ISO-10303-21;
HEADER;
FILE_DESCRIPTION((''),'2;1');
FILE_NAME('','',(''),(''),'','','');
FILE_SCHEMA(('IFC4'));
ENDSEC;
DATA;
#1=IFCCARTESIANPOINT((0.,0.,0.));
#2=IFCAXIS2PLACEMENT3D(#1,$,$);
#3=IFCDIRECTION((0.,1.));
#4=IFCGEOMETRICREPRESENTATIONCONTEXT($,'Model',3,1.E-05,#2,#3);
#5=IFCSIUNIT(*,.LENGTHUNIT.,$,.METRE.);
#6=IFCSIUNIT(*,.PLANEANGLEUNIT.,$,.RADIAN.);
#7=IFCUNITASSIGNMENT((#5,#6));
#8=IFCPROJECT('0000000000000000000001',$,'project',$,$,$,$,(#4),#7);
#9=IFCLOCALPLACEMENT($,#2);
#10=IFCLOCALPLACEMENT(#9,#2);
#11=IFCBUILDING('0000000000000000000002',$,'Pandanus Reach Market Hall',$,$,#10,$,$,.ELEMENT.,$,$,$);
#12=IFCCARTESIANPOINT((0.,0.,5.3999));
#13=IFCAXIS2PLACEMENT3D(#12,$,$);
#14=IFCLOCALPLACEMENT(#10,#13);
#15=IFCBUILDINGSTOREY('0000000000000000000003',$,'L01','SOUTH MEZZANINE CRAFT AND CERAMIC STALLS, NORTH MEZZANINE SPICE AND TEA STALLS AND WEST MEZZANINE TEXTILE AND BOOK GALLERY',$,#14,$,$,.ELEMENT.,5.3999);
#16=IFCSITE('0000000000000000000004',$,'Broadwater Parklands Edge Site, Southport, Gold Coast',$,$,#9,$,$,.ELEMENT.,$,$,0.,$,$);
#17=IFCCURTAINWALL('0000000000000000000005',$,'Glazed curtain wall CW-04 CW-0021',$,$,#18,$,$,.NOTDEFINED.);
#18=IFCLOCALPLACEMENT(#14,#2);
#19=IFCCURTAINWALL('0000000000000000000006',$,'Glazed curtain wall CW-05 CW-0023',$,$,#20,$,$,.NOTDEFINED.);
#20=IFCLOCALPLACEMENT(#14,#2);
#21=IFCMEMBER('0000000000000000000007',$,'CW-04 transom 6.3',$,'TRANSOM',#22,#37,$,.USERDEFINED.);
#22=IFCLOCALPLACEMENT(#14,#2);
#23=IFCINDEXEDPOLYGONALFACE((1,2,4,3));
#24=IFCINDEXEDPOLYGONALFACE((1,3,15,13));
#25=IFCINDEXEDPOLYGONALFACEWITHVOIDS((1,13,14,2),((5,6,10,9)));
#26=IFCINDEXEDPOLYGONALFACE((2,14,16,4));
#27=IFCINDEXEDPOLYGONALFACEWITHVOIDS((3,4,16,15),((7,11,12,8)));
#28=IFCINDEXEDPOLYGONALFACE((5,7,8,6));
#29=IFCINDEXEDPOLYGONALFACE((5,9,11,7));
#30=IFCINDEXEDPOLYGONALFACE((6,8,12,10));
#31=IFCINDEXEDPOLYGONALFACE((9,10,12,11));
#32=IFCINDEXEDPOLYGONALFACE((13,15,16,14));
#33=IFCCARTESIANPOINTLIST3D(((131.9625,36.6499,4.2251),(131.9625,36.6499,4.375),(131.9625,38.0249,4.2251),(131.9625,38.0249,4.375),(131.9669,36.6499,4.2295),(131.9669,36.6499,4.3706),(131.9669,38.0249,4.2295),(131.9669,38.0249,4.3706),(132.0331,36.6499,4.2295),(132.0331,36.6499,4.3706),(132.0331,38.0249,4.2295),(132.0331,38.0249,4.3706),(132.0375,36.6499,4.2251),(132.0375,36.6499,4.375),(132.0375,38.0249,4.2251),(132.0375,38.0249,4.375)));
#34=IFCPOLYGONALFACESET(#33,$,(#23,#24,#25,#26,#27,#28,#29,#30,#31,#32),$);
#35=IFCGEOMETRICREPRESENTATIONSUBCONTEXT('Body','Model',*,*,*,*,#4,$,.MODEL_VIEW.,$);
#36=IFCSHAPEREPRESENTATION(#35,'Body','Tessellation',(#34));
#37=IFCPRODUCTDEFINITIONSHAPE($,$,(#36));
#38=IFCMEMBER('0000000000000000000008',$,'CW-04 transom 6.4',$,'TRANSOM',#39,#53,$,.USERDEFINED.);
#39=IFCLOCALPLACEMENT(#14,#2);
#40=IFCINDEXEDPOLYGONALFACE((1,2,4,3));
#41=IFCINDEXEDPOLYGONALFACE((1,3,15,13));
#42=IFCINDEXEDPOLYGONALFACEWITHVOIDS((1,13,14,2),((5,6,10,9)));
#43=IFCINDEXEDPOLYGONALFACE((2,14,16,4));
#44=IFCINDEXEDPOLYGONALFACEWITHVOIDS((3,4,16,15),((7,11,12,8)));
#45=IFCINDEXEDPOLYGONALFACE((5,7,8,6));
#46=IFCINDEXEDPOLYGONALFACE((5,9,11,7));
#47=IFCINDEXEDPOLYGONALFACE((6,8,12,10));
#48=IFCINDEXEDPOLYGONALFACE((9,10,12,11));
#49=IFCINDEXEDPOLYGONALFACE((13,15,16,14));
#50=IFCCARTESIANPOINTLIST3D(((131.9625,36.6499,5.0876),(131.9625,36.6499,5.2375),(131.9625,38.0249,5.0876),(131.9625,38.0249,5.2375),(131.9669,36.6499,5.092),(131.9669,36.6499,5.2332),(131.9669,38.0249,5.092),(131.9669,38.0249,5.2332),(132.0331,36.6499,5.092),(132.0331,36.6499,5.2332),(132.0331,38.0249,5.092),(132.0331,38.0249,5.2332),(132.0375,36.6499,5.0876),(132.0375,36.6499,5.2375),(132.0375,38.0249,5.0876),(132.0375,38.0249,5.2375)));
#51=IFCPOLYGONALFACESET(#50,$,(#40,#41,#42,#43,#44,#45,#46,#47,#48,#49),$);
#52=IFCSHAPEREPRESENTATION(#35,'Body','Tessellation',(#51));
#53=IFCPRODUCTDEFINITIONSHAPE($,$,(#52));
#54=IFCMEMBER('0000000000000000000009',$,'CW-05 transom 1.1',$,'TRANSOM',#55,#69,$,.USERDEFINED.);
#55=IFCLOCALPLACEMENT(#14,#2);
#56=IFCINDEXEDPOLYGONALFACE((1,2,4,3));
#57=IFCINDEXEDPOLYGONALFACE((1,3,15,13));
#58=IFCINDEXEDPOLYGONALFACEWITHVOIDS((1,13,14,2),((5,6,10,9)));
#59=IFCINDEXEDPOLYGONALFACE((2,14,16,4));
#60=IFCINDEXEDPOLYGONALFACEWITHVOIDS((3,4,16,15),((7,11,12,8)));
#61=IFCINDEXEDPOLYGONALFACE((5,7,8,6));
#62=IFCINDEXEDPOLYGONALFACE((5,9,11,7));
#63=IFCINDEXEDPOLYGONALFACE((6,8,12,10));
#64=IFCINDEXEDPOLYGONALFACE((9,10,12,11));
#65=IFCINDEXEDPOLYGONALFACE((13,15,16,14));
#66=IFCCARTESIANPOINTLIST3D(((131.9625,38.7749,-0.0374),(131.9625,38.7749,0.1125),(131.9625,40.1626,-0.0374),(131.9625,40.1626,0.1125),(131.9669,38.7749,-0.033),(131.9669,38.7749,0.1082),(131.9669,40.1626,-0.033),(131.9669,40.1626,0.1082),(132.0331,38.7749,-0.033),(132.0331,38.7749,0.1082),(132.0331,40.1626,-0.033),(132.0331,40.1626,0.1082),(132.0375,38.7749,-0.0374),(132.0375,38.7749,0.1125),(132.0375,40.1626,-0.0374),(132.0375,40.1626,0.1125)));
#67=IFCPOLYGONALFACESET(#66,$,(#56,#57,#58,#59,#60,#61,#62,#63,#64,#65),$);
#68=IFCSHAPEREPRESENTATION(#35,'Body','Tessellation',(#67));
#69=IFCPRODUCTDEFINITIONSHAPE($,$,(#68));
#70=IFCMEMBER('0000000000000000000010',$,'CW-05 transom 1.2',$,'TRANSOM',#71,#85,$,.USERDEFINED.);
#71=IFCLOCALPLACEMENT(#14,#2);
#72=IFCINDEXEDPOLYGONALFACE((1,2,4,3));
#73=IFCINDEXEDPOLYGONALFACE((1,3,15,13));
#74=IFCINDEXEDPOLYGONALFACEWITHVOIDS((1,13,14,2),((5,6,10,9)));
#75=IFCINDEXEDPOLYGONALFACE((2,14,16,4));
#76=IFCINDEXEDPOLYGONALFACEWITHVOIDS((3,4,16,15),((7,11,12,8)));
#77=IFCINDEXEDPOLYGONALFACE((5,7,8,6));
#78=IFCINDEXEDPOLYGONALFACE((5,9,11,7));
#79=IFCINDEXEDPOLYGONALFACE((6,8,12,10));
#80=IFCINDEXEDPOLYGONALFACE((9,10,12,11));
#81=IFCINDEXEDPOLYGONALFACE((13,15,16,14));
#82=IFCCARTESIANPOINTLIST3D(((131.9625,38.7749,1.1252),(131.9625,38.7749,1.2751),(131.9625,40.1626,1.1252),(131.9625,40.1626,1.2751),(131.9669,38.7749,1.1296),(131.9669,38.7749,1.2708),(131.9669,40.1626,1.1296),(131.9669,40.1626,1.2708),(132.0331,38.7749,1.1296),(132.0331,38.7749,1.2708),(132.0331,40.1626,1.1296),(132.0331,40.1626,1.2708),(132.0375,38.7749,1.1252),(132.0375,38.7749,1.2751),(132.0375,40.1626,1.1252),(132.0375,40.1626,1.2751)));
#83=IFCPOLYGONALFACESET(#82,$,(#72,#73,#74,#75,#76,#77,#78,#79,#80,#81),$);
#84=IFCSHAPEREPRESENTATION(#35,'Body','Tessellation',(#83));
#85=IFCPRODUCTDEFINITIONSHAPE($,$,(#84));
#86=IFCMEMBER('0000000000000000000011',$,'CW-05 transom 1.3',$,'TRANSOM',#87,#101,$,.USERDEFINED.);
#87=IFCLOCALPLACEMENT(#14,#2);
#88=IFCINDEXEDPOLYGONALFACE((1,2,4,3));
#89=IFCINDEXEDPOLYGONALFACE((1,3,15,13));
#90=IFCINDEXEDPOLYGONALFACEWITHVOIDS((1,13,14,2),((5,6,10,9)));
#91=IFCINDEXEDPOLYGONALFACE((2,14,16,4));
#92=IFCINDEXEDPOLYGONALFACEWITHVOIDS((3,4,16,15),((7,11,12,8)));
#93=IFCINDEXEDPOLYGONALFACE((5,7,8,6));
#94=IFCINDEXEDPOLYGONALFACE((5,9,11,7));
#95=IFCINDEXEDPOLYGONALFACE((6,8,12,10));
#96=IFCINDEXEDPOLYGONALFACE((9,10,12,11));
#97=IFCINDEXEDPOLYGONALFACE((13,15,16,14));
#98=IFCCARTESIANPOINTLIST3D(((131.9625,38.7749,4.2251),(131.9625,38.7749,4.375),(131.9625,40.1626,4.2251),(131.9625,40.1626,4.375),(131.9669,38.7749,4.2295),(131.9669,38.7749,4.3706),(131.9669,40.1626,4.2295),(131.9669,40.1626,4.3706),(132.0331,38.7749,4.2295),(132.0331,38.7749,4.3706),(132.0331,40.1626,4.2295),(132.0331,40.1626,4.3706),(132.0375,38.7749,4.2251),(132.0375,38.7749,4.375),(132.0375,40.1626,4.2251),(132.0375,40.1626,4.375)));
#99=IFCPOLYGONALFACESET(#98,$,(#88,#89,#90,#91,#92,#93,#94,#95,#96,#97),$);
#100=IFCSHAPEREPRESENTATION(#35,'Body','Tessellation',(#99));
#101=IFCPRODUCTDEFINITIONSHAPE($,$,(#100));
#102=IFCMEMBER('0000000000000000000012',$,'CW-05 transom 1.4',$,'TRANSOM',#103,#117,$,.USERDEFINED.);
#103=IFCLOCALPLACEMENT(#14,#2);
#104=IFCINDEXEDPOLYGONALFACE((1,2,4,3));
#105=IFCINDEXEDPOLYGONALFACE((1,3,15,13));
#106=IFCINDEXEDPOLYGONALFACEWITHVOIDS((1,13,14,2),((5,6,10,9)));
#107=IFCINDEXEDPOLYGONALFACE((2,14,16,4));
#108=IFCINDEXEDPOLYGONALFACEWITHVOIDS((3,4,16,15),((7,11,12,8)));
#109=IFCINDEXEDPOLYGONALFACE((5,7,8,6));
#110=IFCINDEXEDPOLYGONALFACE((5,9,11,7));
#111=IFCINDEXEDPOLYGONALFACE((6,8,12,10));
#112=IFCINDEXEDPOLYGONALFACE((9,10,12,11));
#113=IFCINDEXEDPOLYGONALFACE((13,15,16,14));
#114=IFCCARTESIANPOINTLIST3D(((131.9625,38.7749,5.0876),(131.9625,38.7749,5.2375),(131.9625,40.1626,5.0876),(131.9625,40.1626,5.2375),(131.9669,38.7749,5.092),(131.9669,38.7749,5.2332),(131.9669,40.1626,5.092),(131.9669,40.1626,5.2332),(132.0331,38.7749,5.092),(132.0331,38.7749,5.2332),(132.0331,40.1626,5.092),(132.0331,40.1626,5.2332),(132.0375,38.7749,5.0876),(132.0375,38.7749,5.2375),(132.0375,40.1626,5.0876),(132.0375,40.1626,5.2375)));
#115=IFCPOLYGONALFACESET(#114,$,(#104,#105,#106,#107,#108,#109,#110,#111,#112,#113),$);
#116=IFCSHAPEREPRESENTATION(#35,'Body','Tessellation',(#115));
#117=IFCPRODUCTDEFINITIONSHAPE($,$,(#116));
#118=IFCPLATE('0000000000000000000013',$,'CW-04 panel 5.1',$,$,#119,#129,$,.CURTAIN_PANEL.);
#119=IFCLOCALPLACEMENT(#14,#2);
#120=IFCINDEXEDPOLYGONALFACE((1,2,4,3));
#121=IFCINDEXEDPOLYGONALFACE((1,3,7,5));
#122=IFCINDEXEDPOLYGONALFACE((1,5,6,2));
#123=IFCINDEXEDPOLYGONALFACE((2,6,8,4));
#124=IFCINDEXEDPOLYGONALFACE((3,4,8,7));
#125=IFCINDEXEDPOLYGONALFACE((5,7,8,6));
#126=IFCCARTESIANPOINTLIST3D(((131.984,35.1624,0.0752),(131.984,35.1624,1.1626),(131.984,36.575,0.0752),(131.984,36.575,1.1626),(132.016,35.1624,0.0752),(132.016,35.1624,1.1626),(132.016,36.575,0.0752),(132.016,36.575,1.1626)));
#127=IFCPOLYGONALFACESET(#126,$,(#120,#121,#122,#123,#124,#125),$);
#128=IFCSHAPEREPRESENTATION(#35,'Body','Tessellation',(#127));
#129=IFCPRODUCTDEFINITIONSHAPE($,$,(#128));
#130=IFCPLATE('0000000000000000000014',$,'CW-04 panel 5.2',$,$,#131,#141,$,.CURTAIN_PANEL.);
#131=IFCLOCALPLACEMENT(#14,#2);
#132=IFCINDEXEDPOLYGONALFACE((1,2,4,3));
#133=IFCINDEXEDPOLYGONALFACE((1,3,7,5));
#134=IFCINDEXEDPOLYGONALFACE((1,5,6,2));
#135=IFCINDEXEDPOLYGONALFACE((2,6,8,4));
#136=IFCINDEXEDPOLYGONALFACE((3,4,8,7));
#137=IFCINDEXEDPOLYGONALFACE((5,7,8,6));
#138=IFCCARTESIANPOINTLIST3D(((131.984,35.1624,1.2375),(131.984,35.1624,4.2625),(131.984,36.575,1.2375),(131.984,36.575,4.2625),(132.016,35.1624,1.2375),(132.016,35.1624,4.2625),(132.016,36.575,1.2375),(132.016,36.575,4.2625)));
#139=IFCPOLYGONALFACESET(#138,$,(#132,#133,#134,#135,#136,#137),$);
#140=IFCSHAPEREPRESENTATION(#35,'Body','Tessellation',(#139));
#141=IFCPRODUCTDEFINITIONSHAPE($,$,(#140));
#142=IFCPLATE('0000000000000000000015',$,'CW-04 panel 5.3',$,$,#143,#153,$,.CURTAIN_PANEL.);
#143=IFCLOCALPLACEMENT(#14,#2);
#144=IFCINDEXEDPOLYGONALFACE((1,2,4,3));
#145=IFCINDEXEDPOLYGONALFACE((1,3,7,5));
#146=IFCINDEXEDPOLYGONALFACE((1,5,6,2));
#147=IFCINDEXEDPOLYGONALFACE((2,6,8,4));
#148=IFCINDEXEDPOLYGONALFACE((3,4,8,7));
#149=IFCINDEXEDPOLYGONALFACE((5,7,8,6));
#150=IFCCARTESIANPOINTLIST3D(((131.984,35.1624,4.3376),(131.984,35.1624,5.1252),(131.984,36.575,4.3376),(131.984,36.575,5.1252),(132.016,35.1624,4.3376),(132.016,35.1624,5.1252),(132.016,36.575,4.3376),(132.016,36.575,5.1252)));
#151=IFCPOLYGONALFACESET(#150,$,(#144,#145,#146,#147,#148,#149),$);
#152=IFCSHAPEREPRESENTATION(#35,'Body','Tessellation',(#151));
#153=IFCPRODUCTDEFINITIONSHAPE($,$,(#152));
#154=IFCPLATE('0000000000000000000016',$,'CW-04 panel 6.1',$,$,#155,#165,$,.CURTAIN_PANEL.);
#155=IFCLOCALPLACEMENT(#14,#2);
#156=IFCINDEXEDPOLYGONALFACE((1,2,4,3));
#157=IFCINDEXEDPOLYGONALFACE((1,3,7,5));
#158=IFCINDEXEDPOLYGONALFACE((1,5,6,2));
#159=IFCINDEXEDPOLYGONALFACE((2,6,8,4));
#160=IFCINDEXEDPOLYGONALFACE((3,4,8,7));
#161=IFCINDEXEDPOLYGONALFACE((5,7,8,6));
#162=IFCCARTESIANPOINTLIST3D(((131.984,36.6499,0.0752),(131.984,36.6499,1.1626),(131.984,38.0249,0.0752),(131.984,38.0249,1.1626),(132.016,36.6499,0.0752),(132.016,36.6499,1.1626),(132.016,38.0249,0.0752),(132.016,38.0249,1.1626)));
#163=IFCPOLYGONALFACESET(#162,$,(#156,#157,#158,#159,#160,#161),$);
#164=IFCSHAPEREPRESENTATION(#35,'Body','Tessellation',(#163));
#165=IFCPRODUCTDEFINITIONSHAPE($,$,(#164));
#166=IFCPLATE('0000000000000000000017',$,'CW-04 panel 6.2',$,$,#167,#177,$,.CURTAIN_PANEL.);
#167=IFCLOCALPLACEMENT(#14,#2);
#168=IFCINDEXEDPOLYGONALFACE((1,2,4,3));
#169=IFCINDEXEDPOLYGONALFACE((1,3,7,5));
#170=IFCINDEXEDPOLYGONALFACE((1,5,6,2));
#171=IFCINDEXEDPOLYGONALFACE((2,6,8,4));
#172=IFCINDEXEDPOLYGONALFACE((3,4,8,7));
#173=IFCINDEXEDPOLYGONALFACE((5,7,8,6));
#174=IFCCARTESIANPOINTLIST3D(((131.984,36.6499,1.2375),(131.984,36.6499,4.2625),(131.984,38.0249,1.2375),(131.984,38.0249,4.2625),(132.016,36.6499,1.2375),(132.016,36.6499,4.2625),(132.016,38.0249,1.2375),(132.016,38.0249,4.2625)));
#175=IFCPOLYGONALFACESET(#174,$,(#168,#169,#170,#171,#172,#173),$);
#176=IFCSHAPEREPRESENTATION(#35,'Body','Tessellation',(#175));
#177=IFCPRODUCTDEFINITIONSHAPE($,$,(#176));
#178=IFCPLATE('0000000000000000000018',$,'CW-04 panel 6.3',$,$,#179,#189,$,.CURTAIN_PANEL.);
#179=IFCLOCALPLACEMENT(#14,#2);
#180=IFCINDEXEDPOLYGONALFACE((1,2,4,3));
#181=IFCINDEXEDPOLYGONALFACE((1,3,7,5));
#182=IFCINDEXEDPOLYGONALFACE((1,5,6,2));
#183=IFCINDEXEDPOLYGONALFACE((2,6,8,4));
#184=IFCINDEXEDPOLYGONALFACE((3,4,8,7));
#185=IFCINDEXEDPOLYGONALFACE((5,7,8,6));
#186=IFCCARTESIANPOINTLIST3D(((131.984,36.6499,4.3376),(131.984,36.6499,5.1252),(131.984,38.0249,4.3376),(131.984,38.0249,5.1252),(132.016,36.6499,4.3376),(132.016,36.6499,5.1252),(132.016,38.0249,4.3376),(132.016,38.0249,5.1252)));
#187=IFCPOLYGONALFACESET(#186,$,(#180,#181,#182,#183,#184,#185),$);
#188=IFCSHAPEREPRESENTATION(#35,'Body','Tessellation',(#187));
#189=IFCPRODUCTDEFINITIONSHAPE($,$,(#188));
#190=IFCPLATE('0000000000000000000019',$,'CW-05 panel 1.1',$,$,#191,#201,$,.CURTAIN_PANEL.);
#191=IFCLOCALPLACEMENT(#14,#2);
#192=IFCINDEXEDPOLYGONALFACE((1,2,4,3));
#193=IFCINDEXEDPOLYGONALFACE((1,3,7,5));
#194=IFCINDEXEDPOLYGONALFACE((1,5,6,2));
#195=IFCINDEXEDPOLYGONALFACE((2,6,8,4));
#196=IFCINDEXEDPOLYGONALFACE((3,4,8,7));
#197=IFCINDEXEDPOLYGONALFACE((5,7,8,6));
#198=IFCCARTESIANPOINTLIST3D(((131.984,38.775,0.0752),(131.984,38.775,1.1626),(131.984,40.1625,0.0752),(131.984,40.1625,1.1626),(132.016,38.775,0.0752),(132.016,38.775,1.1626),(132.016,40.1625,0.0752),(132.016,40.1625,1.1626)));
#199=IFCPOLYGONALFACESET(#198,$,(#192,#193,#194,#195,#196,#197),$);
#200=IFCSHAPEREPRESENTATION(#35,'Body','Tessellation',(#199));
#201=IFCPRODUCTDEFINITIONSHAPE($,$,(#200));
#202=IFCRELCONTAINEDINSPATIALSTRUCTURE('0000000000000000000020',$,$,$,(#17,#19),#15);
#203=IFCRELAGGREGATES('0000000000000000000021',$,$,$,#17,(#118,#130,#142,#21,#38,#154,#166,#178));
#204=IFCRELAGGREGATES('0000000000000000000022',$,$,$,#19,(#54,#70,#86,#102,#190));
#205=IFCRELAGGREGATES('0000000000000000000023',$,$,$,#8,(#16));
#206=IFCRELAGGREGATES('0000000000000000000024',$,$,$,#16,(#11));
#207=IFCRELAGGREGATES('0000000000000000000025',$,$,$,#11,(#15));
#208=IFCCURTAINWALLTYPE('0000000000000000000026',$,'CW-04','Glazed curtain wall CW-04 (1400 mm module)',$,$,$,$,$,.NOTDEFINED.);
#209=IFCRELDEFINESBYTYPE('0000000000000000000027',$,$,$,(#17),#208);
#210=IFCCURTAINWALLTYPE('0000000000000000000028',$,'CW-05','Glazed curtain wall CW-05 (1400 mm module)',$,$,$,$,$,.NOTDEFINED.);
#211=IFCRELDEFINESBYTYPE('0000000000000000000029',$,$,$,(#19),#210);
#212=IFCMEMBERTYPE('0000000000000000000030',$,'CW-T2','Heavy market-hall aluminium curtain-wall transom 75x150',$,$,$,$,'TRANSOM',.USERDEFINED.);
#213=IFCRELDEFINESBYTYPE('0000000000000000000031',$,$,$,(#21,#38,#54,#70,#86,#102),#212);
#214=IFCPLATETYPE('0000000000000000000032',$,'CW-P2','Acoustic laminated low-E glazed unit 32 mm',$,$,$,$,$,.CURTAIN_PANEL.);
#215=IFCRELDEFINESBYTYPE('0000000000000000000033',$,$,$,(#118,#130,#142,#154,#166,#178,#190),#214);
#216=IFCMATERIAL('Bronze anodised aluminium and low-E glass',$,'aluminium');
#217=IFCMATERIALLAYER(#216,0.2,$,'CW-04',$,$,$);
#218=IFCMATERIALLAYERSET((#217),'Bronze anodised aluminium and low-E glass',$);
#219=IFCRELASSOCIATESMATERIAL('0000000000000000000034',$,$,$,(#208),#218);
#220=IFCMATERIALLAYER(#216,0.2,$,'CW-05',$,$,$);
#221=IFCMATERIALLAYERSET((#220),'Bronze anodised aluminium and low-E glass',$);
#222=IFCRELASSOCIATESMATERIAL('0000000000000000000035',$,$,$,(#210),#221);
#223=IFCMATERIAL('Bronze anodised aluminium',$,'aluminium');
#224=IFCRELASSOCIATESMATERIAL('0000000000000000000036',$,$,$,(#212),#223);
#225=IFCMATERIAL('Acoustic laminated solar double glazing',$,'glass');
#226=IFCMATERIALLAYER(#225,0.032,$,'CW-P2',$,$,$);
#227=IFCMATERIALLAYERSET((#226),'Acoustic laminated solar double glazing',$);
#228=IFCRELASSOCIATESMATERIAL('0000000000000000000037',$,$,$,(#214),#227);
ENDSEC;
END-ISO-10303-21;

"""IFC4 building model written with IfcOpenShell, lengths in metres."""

from ifc_helpers import new_model, si_unit, direction, frame, origin, origin_2d, place, context, subcontext, project, spatial, rectangle, hollow_rectangle, extrude, material, layer, layer_set, material_profile, profile_set, type_object, element, aggregate, save


model = new_model("IFC4")

# Units and contexts
model_context = context("Model", 3, precision=1e-05, world=origin(), true_north=direction((0.0, 1.0)))
body_context = subcontext(model_context, "Body", "Model", "MODEL_VIEW")
ifc_project = project(units=[si_unit("LENGTHUNIT", "METRE"), si_unit("PLANEANGLEUNIT", "RADIAN")], contexts=[model_context])

# Site, building, storey
site_placement = place(None, origin())
site = spatial("IfcSite", under=ifc_project, at=site_placement, Name="Broadwater Parklands Edge Site, Southport, Gold Coast", CompositionType="ELEMENT", RefElevation=0.0)
building_placement = place(site_placement, origin())
building = spatial("IfcBuilding", under=site, at=building_placement, Name="Pandanus Reach Market Hall", CompositionType="ELEMENT")
storey_placement = place(building_placement, frame((0.0, 0.0, 5.3999)))
storey = spatial("IfcBuildingStorey", under=building, at=storey_placement, Name="L01", Description="SOUTH MEZZANINE CRAFT AND CERAMIC STALLS, NORTH MEZZANINE SPICE AND TEA STALLS AND WEST MEZZANINE TEXTILE AND BOOK GALLERY", CompositionType="ELEMENT", Elevation=5.3999)

# Curtain walls
ifc_material_1 = material(Name="Bronze anodised aluminium and low-E glass", Category="aluminium")
ifc_layer_1 = layer(ifc_material_1, 0.2, Name="CW-04")
ifc_layer_set_1 = layer_set([ifc_layer_1], Name="Bronze anodised aluminium and low-E glass")
curtain_wall_type_1 = type_object("IfcCurtainWallType", Name="CW-04", Description="Glazed curtain wall CW-04 (1400 mm module)", PredefinedType="NOTDEFINED", material=ifc_layer_set_1)
curtain_wall_1_placement = place(storey_placement, origin())
curtain_wall_1 = element("IfcCurtainWall", 1, at=curtain_wall_1_placement, inside=storey, type_object=curtain_wall_type_1, Name="Glazed curtain wall CW-04 CW-0021", PredefinedType="NOTDEFINED")
ifc_material_2 = material(Name="Bronze anodised aluminium", Category="aluminium")
ifc_layer_2 = layer(ifc_material_1, 0.2, Name="CW-05")
ifc_layer_set_2 = layer_set([ifc_layer_2], Name="Bronze anodised aluminium and low-E glass")
curtain_wall_type_2 = type_object("IfcCurtainWallType", Name="CW-05", Description="Glazed curtain wall CW-05 (1400 mm module)", PredefinedType="NOTDEFINED", material=ifc_layer_set_2)
curtain_wall_2_placement = place(storey_placement, origin())
curtain_wall_2 = element("IfcCurtainWall", 2, at=curtain_wall_2_placement, inside=storey, type_object=curtain_wall_type_2, Name="Glazed curtain wall CW-05 CW-0023", PredefinedType="NOTDEFINED")

# Members
ifc_material_profile_1 = material_profile(ifc_material_2, hollow_rectangle(XDim=0.075, YDim=0.1499, WallThickness=0.0044, at=origin_2d()), Name="ALU75x150", Category="LoadBearing")
ifc_profile_set_1 = profile_set([ifc_material_profile_1], Name="Bronze anodised aluminium")
member_type_1 = type_object("IfcMemberType", Name="CW-T2", Description="Heavy market-hall aluminium curtain-wall transom 75x150", ElementType="TRANSOM", PredefinedType="USERDEFINED", material=ifc_profile_set_1)
member_1_placement = place(storey_placement, frame((132.0, 36.6499, 4.3), z_axis=(0.0, 1.0, 0.0), x_axis=(-1.0, 0.0, 0.0)))
member_1 = element("IfcMember", 3, at=member_1_placement, type_object=member_type_1, Name="CW-04 transom 6.3", ObjectType="TRANSOM", PredefinedType="USERDEFINED", context=body_context, shape_type="SweptSolid", body=[
    extrude(hollow_rectangle(XDim=0.075, YDim=0.1499, WallThickness=0.0044, at=origin_2d()), origin(), (0.0, 0.0, 1.0), 1.375),
])
member_2_placement = place(storey_placement, frame((132.0, 36.6499, 5.1626), z_axis=(0.0, 1.0, 0.0), x_axis=(-1.0, 0.0, 0.0)))
member_2 = element("IfcMember", 4, at=member_2_placement, type_object=member_type_1, Name="CW-04 transom 6.4", ObjectType="TRANSOM", PredefinedType="USERDEFINED", context=body_context, shape_type="SweptSolid", body=[
    extrude(hollow_rectangle(XDim=0.075, YDim=0.1499, WallThickness=0.0044, at=origin_2d()), origin(), (0.0, 0.0, 1.0), 1.375),
])
member_3_placement = place(storey_placement, frame((132.0, 38.7749, 0.0376), z_axis=(0.0, 1.0, 0.0), x_axis=(-1.0, 0.0, 0.0)))
member_3 = element("IfcMember", 5, at=member_3_placement, type_object=member_type_1, Name="CW-05 transom 1.1", ObjectType="TRANSOM", PredefinedType="USERDEFINED", context=body_context, shape_type="SweptSolid", body=[
    extrude(hollow_rectangle(XDim=0.075, YDim=0.1499, WallThickness=0.0044, at=origin_2d()), origin(), (0.0, 0.0, 1.0), 1.3877),
])
member_4_placement = place(storey_placement, frame((132.0, 38.7749, 1.2002), z_axis=(0.0, 1.0, 0.0), x_axis=(-1.0, 0.0, 0.0)))
member_4 = element("IfcMember", 6, at=member_4_placement, type_object=member_type_1, Name="CW-05 transom 1.2", ObjectType="TRANSOM", PredefinedType="USERDEFINED", context=body_context, shape_type="SweptSolid", body=[
    extrude(hollow_rectangle(XDim=0.075, YDim=0.1499, WallThickness=0.0044, at=origin_2d()), origin(), (0.0, 0.0, 1.0), 1.3877),
])
member_5_placement = place(storey_placement, frame((132.0, 38.7749, 4.3), z_axis=(0.0, 1.0, 0.0), x_axis=(-1.0, 0.0, 0.0)))
member_5 = element("IfcMember", 7, at=member_5_placement, type_object=member_type_1, Name="CW-05 transom 1.3", ObjectType="TRANSOM", PredefinedType="USERDEFINED", context=body_context, shape_type="SweptSolid", body=[
    extrude(hollow_rectangle(XDim=0.075, YDim=0.1499, WallThickness=0.0044, at=origin_2d()), origin(), (0.0, 0.0, 1.0), 1.3877),
])
member_6_placement = place(storey_placement, frame((132.0, 38.7749, 5.1626), z_axis=(0.0, 1.0, 0.0), x_axis=(-1.0, 0.0, 0.0)))
member_6 = element("IfcMember", 8, at=member_6_placement, type_object=member_type_1, Name="CW-05 transom 1.4", ObjectType="TRANSOM", PredefinedType="USERDEFINED", context=body_context, shape_type="SweptSolid", body=[
    extrude(hollow_rectangle(XDim=0.075, YDim=0.1499, WallThickness=0.0044, at=origin_2d()), origin(), (0.0, 0.0, 1.0), 1.3877),
])

# Plates
ifc_material_3 = material(Name="Acoustic laminated solar double glazing", Category="glass")
ifc_layer_3 = layer(ifc_material_3, 0.032, Name="CW-P2")
ifc_layer_set_3 = layer_set([ifc_layer_3], Name="Acoustic laminated solar double glazing")
plate_type = type_object("IfcPlateType", Name="CW-P2", Description="Acoustic laminated low-E glazed unit 32 mm", PredefinedType="CURTAIN_PANEL", material=ifc_layer_set_3)
plate_1_placement = place(storey_placement, frame((132.0, 35.8687, 0.0752), z_axis=(0.0, 0.0, 1.0), x_axis=(0.0, 1.0, 0.0)))
plate_1 = element("IfcPlate", 9, at=plate_1_placement, type_object=plate_type, Name="CW-04 panel 5.1", PredefinedType="CURTAIN_PANEL", context=body_context, shape_type="SweptSolid", body=[
    extrude(rectangle(XDim=1.4126, YDim=0.032, at=origin_2d()), origin(), (0.0, 0.0, 1.0), 1.0874),
])
plate_2_placement = place(storey_placement, frame((132.0, 35.8687, 1.2375), z_axis=(0.0, 0.0, 1.0), x_axis=(0.0, 1.0, 0.0)))
plate_2 = element("IfcPlate", 10, at=plate_2_placement, type_object=plate_type, Name="CW-04 panel 5.2", PredefinedType="CURTAIN_PANEL", context=body_context, shape_type="SweptSolid", body=[
    extrude(rectangle(XDim=1.4126, YDim=0.032, at=origin_2d()), origin(), (0.0, 0.0, 1.0), 3.0249),
])
plate_3_placement = place(storey_placement, frame((132.0, 35.8687, 4.3376), z_axis=(0.0, 0.0, 1.0), x_axis=(0.0, 1.0, 0.0)))
plate_3 = element("IfcPlate", 11, at=plate_3_placement, type_object=plate_type, Name="CW-04 panel 5.3", PredefinedType="CURTAIN_PANEL", context=body_context, shape_type="SweptSolid", body=[
    extrude(rectangle(XDim=1.4126, YDim=0.032, at=origin_2d()), origin(), (0.0, 0.0, 1.0), 0.7876),
])
plate_4_placement = place(storey_placement, frame((132.0, 37.3374, 0.0752), z_axis=(0.0, 0.0, 1.0), x_axis=(0.0, 1.0, 0.0)))
plate_4 = element("IfcPlate", 12, at=plate_4_placement, type_object=plate_type, Name="CW-04 panel 6.1", PredefinedType="CURTAIN_PANEL", context=body_context, shape_type="SweptSolid", body=[
    extrude(rectangle(XDim=1.375, YDim=0.032, at=origin_2d()), origin(), (0.0, 0.0, 1.0), 1.0874),
])
plate_5_placement = place(storey_placement, frame((132.0, 37.3374, 1.2375), z_axis=(0.0, 0.0, 1.0), x_axis=(0.0, 1.0, 0.0)))
plate_5 = element("IfcPlate", 13, at=plate_5_placement, type_object=plate_type, Name="CW-04 panel 6.2", PredefinedType="CURTAIN_PANEL", context=body_context, shape_type="SweptSolid", body=[
    extrude(rectangle(XDim=1.375, YDim=0.032, at=origin_2d()), origin(), (0.0, 0.0, 1.0), 3.0249),
])
plate_6_placement = place(storey_placement, frame((132.0, 37.3374, 4.3376), z_axis=(0.0, 0.0, 1.0), x_axis=(0.0, 1.0, 0.0)))
plate_6 = element("IfcPlate", 14, at=plate_6_placement, type_object=plate_type, Name="CW-04 panel 6.3", PredefinedType="CURTAIN_PANEL", context=body_context, shape_type="SweptSolid", body=[
    extrude(rectangle(XDim=1.375, YDim=0.032, at=origin_2d()), origin(), (0.0, 0.0, 1.0), 0.7876),
])
aggregate(curtain_wall_1, [plate_1, plate_2, plate_3, member_1, member_2, plate_4, plate_5, plate_6])
plate_7_placement = place(storey_placement, frame((132.0, 39.4688, 0.0752), z_axis=(0.0, 0.0, 1.0), x_axis=(0.0, 1.0, 0.0)))
plate_7 = element("IfcPlate", 15, at=plate_7_placement, type_object=plate_type, Name="CW-05 panel 1.1", PredefinedType="CURTAIN_PANEL", context=body_context, shape_type="SweptSolid", body=[
    extrude(rectangle(XDim=1.3875, YDim=0.032, at=origin_2d()), origin(), (0.0, 0.0, 1.0), 1.0874),
])
aggregate(curtain_wall_2, [member_3, member_4, member_5, member_6, plate_7])

save(model, "model.ifc")
